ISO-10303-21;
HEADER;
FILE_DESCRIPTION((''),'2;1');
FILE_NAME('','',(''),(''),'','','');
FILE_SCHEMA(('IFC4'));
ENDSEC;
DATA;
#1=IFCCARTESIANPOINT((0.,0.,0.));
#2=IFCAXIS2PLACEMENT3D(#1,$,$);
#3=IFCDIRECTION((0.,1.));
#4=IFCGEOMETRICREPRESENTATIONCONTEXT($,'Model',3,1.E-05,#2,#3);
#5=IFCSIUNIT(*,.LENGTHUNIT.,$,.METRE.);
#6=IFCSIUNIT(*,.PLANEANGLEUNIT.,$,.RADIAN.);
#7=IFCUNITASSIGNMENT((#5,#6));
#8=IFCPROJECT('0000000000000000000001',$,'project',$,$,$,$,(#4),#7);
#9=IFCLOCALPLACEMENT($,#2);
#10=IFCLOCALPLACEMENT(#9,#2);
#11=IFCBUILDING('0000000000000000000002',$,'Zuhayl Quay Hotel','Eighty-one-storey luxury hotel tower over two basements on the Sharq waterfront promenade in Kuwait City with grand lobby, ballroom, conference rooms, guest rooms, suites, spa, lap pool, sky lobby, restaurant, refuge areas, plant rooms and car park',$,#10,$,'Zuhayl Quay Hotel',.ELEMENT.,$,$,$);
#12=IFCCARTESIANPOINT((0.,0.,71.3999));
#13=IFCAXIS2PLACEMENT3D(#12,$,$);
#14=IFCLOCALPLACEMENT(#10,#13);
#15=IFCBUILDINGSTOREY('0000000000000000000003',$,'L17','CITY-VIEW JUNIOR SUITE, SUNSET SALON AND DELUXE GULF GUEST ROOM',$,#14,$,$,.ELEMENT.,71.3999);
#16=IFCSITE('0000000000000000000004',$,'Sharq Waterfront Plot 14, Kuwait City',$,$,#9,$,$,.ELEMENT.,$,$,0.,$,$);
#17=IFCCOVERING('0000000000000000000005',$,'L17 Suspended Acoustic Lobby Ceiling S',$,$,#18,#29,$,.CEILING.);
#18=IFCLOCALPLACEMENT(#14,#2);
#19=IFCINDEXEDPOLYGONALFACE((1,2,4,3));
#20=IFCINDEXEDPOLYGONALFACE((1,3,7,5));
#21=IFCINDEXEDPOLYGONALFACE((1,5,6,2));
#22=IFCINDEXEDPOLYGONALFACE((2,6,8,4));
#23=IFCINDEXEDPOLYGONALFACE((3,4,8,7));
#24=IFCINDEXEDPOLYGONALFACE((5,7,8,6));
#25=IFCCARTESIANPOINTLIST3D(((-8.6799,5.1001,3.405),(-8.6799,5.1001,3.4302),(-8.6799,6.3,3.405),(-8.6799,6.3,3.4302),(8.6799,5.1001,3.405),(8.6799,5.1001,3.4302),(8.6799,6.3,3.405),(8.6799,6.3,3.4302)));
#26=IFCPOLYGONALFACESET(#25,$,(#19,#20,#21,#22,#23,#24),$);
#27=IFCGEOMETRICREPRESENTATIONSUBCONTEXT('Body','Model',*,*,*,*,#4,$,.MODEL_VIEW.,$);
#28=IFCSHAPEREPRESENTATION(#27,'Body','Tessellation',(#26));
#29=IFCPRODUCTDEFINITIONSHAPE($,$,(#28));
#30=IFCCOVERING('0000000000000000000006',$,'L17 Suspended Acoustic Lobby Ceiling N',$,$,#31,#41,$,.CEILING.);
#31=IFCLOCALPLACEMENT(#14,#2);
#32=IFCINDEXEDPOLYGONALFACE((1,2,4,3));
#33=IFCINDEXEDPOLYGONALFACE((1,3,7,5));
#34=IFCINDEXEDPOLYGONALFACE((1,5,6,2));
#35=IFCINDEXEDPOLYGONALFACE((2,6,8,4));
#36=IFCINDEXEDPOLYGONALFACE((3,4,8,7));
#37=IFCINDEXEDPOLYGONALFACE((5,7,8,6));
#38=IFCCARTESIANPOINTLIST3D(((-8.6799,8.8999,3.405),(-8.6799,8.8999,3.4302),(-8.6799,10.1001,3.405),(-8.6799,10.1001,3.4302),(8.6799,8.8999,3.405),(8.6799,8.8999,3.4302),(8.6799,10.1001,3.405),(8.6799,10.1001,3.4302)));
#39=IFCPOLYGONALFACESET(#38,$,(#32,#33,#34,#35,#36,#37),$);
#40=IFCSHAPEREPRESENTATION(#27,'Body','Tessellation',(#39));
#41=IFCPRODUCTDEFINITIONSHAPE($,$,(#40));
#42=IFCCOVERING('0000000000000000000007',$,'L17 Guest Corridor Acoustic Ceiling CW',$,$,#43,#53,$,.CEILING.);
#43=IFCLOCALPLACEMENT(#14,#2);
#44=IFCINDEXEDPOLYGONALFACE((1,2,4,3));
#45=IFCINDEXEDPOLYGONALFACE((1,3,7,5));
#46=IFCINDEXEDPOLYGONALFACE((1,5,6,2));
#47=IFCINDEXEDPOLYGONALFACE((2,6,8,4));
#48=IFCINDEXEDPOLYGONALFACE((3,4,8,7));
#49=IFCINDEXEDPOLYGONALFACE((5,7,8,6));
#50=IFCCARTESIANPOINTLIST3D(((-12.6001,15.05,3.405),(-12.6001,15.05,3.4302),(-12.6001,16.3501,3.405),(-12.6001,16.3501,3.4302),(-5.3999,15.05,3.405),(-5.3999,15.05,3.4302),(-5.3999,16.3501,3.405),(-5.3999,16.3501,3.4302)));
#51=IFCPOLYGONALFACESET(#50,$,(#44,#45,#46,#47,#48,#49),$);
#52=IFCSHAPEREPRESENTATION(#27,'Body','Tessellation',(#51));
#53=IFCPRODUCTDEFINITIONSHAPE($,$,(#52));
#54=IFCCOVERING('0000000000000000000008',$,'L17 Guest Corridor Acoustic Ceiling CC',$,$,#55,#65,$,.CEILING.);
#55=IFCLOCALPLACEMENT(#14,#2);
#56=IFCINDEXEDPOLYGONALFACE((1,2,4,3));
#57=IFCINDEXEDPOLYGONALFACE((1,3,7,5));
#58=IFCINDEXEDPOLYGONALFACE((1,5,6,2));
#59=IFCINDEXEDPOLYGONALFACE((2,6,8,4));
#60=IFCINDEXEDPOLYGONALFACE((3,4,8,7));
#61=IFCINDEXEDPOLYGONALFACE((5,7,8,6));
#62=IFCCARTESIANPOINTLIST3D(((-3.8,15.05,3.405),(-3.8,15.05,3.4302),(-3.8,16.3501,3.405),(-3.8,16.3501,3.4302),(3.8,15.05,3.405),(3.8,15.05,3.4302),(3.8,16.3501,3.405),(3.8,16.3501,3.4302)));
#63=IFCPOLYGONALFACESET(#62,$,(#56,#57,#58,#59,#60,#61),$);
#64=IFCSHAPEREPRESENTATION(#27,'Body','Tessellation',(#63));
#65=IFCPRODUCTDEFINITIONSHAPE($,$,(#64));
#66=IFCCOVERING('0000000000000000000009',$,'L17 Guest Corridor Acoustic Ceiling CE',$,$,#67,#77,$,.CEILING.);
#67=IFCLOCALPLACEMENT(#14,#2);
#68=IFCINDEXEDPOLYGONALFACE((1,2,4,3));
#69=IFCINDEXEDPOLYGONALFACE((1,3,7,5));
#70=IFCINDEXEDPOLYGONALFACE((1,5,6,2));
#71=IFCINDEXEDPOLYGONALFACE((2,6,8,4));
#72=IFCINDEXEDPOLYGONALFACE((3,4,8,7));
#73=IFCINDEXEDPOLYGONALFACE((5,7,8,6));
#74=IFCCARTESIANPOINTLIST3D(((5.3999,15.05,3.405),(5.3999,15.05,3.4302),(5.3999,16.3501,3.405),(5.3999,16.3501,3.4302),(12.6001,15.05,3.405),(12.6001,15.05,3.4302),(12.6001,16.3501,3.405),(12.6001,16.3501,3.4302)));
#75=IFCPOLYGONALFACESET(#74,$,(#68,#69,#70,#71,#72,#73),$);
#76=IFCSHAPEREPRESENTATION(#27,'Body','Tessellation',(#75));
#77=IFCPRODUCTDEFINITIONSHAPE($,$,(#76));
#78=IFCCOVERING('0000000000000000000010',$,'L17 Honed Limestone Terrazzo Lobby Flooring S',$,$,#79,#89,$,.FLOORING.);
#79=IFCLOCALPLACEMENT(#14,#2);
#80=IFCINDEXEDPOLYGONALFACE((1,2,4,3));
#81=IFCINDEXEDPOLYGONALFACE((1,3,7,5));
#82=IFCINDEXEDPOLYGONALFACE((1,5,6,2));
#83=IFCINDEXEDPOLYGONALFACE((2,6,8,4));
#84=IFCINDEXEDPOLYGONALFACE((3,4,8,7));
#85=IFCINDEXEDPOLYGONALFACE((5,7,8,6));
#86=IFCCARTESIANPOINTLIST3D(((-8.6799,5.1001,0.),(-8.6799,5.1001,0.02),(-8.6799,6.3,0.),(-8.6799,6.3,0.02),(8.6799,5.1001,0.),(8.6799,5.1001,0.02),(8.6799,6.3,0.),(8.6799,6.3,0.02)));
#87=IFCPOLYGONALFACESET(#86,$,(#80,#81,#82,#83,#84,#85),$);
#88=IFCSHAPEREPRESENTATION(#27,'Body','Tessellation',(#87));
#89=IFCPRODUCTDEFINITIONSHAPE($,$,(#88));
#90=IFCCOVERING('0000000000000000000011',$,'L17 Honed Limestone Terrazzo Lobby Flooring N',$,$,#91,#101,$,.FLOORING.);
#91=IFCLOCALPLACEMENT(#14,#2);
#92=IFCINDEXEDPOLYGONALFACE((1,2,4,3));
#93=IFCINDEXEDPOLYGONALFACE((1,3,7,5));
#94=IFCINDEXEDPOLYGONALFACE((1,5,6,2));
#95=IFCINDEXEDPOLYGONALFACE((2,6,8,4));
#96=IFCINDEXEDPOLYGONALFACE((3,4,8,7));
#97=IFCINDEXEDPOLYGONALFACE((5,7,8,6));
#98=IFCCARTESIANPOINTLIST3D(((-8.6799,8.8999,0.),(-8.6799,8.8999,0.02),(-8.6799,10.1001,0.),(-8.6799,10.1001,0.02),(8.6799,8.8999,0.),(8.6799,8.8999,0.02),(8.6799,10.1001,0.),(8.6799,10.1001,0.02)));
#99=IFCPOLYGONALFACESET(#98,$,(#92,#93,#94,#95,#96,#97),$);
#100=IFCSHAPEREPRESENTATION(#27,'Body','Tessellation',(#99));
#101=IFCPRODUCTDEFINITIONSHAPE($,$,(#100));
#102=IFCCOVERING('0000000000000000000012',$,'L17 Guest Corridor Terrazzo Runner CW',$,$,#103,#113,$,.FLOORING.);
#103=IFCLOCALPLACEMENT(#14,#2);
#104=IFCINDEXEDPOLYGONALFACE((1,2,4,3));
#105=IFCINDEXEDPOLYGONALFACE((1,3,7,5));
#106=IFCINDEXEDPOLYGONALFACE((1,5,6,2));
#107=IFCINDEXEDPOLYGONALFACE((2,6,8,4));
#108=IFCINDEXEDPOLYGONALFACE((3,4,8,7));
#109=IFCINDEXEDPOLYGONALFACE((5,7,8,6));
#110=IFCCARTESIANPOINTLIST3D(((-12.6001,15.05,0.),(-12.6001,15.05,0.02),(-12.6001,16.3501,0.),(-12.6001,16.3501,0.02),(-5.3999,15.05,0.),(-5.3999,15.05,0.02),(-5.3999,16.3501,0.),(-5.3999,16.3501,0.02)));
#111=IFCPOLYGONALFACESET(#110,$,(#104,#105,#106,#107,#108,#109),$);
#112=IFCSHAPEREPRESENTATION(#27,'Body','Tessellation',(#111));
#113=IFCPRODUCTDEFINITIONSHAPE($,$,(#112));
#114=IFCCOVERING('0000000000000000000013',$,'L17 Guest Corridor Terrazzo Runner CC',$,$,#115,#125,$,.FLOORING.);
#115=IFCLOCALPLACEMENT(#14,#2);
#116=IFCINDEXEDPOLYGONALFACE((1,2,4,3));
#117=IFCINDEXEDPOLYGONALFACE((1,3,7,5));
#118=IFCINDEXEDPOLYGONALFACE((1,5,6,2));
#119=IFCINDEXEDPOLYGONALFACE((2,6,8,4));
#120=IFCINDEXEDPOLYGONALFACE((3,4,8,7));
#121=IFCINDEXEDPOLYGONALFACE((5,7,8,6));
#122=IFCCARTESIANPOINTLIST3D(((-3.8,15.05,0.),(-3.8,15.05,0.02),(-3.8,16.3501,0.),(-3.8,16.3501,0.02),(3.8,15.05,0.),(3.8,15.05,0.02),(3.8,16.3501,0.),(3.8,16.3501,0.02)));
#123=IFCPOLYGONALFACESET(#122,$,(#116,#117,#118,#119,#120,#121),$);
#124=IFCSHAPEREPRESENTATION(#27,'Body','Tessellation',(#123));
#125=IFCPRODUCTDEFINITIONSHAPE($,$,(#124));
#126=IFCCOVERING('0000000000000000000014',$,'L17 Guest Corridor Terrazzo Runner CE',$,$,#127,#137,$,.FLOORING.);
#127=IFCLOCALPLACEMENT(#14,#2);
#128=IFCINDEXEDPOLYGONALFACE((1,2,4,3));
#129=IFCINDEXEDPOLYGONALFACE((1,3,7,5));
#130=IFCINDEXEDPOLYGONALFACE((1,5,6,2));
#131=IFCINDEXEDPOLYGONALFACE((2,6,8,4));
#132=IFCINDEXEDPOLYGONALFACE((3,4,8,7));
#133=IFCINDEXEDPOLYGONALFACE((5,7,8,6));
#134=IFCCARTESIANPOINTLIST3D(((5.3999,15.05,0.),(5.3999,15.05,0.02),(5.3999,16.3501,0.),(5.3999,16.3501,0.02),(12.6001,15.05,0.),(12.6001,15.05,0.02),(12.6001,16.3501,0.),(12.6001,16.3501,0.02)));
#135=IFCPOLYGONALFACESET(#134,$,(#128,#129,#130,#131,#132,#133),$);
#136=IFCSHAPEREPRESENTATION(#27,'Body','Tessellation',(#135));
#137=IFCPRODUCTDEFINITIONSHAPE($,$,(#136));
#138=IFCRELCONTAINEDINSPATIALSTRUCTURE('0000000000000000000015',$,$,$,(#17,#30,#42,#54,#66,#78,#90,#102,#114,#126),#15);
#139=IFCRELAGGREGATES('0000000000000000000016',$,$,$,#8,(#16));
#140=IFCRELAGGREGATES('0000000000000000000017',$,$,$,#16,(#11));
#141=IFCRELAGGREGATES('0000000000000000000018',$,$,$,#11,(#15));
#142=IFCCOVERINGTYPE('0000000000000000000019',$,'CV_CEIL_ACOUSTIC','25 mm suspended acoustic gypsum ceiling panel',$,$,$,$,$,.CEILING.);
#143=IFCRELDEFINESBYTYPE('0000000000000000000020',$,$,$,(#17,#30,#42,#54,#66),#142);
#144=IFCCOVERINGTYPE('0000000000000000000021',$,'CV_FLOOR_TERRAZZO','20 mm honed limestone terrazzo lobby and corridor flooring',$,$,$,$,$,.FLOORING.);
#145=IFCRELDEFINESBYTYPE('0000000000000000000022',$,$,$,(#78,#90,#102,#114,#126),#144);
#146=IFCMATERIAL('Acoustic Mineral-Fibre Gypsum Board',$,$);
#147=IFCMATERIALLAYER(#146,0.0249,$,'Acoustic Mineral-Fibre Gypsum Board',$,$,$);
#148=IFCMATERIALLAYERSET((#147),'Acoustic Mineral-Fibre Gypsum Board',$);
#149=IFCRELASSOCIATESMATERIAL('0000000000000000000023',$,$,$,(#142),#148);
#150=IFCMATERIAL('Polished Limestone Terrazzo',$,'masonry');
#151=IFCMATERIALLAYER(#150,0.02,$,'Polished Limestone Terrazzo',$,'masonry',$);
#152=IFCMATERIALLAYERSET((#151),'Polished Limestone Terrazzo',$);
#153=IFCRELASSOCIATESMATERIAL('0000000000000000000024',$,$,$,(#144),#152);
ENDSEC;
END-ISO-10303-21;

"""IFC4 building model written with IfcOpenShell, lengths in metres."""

from ifc_helpers import new_model, si_unit, direction, frame, origin, place, context, subcontext, project, spatial, polyline, outline, extrude, material, layer, layer_set, type_object, element, save


model = new_model("IFC4")

# Units and contexts
model_context = context("Model", 3, precision=1e-05, world=origin(), true_north=direction((0.0, 1.0)))
body_context = subcontext(model_context, "Body", "Model", "MODEL_VIEW")
ifc_project = project(units=[si_unit("LENGTHUNIT", "METRE"), si_unit("PLANEANGLEUNIT", "RADIAN")], contexts=[model_context])

# Site, building, storey
site_placement = place(None, origin())
site = spatial("IfcSite", under=ifc_project, at=site_placement, Name="Sharq Waterfront Plot 14, Kuwait City", CompositionType="ELEMENT", RefElevation=0.0)
building_placement = place(site_placement, origin())
building = spatial("IfcBuilding", under=site, at=building_placement, Name="Zuhayl Quay Hotel", Description="Eighty-one-storey luxury hotel tower over two basements on the Sharq waterfront promenade in Kuwait City with grand lobby, ballroom, conference rooms, guest rooms, suites, spa, lap pool, sky lobby, restaurant, refuge areas, plant rooms and car park", LongName="Zuhayl Quay Hotel", CompositionType="ELEMENT")
storey_placement = place(building_placement, frame((0.0, 0.0, 71.3999)))
storey = spatial("IfcBuildingStorey", under=building, at=storey_placement, Name="L17", Description="CITY-VIEW JUNIOR SUITE, SUNSET SALON AND DELUXE GULF GUEST ROOM", CompositionType="ELEMENT", Elevation=71.3999)

# Coverings
ifc_material_1 = material(Name="Acoustic Mineral-Fibre Gypsum Board")
ifc_layer_1 = layer(ifc_material_1, 0.0249, Name="Acoustic Mineral-Fibre Gypsum Board")
ifc_layer_set_1 = layer_set([ifc_layer_1], Name="Acoustic Mineral-Fibre Gypsum Board")
covering_type_1 = type_object("IfcCoveringType", Name="CV_CEIL_ACOUSTIC", Description="25 mm suspended acoustic gypsum ceiling panel", PredefinedType="CEILING", material=ifc_layer_set_1)
covering_1_placement = place(storey_placement, frame((0.0, 0.0, 3.405)))
element("IfcCovering", 1, at=covering_1_placement, inside=storey, type_object=covering_type_1, Name="L17 Suspended Acoustic Lobby Ceiling S", PredefinedType="CEILING", context=body_context, shape_type="SweptSolid", body=[
    extrude(outline(polyline([(-8.6799, 5.1001), (8.6799, 5.1001), (8.6799, 6.3), (-8.6799, 6.3), (-8.6799, 5.1001)])), origin(), (0.0, 0.0, 1.0), 0.0251),
])
covering_2_placement = place(storey_placement, frame((0.0, 0.0, 3.405)))
element("IfcCovering", 2, at=covering_2_placement, inside=storey, type_object=covering_type_1, Name="L17 Suspended Acoustic Lobby Ceiling N", PredefinedType="CEILING", context=body_context, shape_type="SweptSolid", body=[
    extrude(outline(polyline([(-8.6799, 8.8999), (8.6799, 8.8999), (8.6799, 10.1001), (-8.6799, 10.1001), (-8.6799, 8.8999)])), origin(), (0.0, 0.0, 1.0), 0.0251),
])
covering_3_placement = place(storey_placement, frame((0.0, 0.0, 3.405)))
element("IfcCovering", 3, at=covering_3_placement, inside=storey, type_object=covering_type_1, Name="L17 Guest Corridor Acoustic Ceiling CW", PredefinedType="CEILING", context=body_context, shape_type="SweptSolid", body=[
    extrude(outline(polyline([(-12.6001, 15.05), (-5.3999, 15.05), (-5.3999, 16.3501), (-12.6001, 16.3501), (-12.6001, 15.05)])), origin(), (0.0, 0.0, 1.0), 0.0251),
])
covering_4_placement = place(storey_placement, frame((0.0, 0.0, 3.405)))
element("IfcCovering", 4, at=covering_4_placement, inside=storey, type_object=covering_type_1, Name="L17 Guest Corridor Acoustic Ceiling CC", PredefinedType="CEILING", context=body_context, shape_type="SweptSolid", body=[
    extrude(outline(polyline([(-3.8, 15.05), (3.8, 15.05), (3.8, 16.3501), (-3.8, 16.3501), (-3.8, 15.05)])), origin(), (0.0, 0.0, 1.0), 0.0251),
])
covering_5_placement = place(storey_placement, frame((0.0, 0.0, 3.405)))
element("IfcCovering", 5, at=covering_5_placement, inside=storey, type_object=covering_type_1, Name="L17 Guest Corridor Acoustic Ceiling CE", PredefinedType="CEILING", context=body_context, shape_type="SweptSolid", body=[
    extrude(outline(polyline([(5.3999, 15.05), (12.6001, 15.05), (12.6001, 16.3501), (5.3999, 16.3501), (5.3999, 15.05)])), origin(), (0.0, 0.0, 1.0), 0.0251),
])
ifc_material_2 = material(Name="Polished Limestone Terrazzo", Category="masonry")
ifc_layer_2 = layer(ifc_material_2, 0.02, Name="Polished Limestone Terrazzo", Category="masonry")
ifc_layer_set_2 = layer_set([ifc_layer_2], Name="Polished Limestone Terrazzo")
covering_type_2 = type_object("IfcCoveringType", Name="CV_FLOOR_TERRAZZO", Description="20 mm honed limestone terrazzo lobby and corridor flooring", PredefinedType="FLOORING", material=ifc_layer_set_2)
covering_6_placement = place(storey_placement, origin())
element("IfcCovering", 6, at=covering_6_placement, inside=storey, type_object=covering_type_2, Name="L17 Honed Limestone Terrazzo Lobby Flooring S", PredefinedType="FLOORING", context=body_context, shape_type="SweptSolid", body=[
    extrude(outline(polyline([(-8.6799, 5.1001), (8.6799, 5.1001), (8.6799, 6.3), (-8.6799, 6.3), (-8.6799, 5.1001)])), origin(), (0.0, 0.0, 1.0), 0.02),
])
covering_7_placement = place(storey_placement, origin())
element("IfcCovering", 7, at=covering_7_placement, inside=storey, type_object=covering_type_2, Name="L17 Honed Limestone Terrazzo Lobby Flooring N", PredefinedType="FLOORING", context=body_context, shape_type="SweptSolid", body=[
    extrude(outline(polyline([(-8.6799, 8.8999), (8.6799, 8.8999), (8.6799, 10.1001), (-8.6799, 10.1001), (-8.6799, 8.8999)])), origin(), (0.0, 0.0, 1.0), 0.02),
])
covering_8_placement = place(storey_placement, origin())
element("IfcCovering", 8, at=covering_8_placement, inside=storey, type_object=covering_type_2, Name="L17 Guest Corridor Terrazzo Runner CW", PredefinedType="FLOORING", context=body_context, shape_type="SweptSolid", body=[
    extrude(outline(polyline([(-12.6001, 15.05), (-5.3999, 15.05), (-5.3999, 16.3501), (-12.6001, 16.3501), (-12.6001, 15.05)])), origin(), (0.0, 0.0, 1.0), 0.02),
])
covering_9_placement = place(storey_placement, origin())
element("IfcCovering", 9, at=covering_9_placement, inside=storey, type_object=covering_type_2, Name="L17 Guest Corridor Terrazzo Runner CC", PredefinedType="FLOORING", context=body_context, shape_type="SweptSolid", body=[
    extrude(outline(polyline([(-3.8, 15.05), (3.8, 15.05), (3.8, 16.3501), (-3.8, 16.3501), (-3.8, 15.05)])), origin(), (0.0, 0.0, 1.0), 0.02),
])
covering_10_placement = place(storey_placement, origin())
element("IfcCovering", 10, at=covering_10_placement, inside=storey, type_object=covering_type_2, Name="L17 Guest Corridor Terrazzo Runner CE", PredefinedType="FLOORING", context=body_context, shape_type="SweptSolid", body=[
    extrude(outline(polyline([(5.3999, 15.05), (12.6001, 15.05), (12.6001, 16.3501), (5.3999, 16.3501), (5.3999, 15.05)])), origin(), (0.0, 0.0, 1.0), 0.02),
])

save(model, "model.ifc")
